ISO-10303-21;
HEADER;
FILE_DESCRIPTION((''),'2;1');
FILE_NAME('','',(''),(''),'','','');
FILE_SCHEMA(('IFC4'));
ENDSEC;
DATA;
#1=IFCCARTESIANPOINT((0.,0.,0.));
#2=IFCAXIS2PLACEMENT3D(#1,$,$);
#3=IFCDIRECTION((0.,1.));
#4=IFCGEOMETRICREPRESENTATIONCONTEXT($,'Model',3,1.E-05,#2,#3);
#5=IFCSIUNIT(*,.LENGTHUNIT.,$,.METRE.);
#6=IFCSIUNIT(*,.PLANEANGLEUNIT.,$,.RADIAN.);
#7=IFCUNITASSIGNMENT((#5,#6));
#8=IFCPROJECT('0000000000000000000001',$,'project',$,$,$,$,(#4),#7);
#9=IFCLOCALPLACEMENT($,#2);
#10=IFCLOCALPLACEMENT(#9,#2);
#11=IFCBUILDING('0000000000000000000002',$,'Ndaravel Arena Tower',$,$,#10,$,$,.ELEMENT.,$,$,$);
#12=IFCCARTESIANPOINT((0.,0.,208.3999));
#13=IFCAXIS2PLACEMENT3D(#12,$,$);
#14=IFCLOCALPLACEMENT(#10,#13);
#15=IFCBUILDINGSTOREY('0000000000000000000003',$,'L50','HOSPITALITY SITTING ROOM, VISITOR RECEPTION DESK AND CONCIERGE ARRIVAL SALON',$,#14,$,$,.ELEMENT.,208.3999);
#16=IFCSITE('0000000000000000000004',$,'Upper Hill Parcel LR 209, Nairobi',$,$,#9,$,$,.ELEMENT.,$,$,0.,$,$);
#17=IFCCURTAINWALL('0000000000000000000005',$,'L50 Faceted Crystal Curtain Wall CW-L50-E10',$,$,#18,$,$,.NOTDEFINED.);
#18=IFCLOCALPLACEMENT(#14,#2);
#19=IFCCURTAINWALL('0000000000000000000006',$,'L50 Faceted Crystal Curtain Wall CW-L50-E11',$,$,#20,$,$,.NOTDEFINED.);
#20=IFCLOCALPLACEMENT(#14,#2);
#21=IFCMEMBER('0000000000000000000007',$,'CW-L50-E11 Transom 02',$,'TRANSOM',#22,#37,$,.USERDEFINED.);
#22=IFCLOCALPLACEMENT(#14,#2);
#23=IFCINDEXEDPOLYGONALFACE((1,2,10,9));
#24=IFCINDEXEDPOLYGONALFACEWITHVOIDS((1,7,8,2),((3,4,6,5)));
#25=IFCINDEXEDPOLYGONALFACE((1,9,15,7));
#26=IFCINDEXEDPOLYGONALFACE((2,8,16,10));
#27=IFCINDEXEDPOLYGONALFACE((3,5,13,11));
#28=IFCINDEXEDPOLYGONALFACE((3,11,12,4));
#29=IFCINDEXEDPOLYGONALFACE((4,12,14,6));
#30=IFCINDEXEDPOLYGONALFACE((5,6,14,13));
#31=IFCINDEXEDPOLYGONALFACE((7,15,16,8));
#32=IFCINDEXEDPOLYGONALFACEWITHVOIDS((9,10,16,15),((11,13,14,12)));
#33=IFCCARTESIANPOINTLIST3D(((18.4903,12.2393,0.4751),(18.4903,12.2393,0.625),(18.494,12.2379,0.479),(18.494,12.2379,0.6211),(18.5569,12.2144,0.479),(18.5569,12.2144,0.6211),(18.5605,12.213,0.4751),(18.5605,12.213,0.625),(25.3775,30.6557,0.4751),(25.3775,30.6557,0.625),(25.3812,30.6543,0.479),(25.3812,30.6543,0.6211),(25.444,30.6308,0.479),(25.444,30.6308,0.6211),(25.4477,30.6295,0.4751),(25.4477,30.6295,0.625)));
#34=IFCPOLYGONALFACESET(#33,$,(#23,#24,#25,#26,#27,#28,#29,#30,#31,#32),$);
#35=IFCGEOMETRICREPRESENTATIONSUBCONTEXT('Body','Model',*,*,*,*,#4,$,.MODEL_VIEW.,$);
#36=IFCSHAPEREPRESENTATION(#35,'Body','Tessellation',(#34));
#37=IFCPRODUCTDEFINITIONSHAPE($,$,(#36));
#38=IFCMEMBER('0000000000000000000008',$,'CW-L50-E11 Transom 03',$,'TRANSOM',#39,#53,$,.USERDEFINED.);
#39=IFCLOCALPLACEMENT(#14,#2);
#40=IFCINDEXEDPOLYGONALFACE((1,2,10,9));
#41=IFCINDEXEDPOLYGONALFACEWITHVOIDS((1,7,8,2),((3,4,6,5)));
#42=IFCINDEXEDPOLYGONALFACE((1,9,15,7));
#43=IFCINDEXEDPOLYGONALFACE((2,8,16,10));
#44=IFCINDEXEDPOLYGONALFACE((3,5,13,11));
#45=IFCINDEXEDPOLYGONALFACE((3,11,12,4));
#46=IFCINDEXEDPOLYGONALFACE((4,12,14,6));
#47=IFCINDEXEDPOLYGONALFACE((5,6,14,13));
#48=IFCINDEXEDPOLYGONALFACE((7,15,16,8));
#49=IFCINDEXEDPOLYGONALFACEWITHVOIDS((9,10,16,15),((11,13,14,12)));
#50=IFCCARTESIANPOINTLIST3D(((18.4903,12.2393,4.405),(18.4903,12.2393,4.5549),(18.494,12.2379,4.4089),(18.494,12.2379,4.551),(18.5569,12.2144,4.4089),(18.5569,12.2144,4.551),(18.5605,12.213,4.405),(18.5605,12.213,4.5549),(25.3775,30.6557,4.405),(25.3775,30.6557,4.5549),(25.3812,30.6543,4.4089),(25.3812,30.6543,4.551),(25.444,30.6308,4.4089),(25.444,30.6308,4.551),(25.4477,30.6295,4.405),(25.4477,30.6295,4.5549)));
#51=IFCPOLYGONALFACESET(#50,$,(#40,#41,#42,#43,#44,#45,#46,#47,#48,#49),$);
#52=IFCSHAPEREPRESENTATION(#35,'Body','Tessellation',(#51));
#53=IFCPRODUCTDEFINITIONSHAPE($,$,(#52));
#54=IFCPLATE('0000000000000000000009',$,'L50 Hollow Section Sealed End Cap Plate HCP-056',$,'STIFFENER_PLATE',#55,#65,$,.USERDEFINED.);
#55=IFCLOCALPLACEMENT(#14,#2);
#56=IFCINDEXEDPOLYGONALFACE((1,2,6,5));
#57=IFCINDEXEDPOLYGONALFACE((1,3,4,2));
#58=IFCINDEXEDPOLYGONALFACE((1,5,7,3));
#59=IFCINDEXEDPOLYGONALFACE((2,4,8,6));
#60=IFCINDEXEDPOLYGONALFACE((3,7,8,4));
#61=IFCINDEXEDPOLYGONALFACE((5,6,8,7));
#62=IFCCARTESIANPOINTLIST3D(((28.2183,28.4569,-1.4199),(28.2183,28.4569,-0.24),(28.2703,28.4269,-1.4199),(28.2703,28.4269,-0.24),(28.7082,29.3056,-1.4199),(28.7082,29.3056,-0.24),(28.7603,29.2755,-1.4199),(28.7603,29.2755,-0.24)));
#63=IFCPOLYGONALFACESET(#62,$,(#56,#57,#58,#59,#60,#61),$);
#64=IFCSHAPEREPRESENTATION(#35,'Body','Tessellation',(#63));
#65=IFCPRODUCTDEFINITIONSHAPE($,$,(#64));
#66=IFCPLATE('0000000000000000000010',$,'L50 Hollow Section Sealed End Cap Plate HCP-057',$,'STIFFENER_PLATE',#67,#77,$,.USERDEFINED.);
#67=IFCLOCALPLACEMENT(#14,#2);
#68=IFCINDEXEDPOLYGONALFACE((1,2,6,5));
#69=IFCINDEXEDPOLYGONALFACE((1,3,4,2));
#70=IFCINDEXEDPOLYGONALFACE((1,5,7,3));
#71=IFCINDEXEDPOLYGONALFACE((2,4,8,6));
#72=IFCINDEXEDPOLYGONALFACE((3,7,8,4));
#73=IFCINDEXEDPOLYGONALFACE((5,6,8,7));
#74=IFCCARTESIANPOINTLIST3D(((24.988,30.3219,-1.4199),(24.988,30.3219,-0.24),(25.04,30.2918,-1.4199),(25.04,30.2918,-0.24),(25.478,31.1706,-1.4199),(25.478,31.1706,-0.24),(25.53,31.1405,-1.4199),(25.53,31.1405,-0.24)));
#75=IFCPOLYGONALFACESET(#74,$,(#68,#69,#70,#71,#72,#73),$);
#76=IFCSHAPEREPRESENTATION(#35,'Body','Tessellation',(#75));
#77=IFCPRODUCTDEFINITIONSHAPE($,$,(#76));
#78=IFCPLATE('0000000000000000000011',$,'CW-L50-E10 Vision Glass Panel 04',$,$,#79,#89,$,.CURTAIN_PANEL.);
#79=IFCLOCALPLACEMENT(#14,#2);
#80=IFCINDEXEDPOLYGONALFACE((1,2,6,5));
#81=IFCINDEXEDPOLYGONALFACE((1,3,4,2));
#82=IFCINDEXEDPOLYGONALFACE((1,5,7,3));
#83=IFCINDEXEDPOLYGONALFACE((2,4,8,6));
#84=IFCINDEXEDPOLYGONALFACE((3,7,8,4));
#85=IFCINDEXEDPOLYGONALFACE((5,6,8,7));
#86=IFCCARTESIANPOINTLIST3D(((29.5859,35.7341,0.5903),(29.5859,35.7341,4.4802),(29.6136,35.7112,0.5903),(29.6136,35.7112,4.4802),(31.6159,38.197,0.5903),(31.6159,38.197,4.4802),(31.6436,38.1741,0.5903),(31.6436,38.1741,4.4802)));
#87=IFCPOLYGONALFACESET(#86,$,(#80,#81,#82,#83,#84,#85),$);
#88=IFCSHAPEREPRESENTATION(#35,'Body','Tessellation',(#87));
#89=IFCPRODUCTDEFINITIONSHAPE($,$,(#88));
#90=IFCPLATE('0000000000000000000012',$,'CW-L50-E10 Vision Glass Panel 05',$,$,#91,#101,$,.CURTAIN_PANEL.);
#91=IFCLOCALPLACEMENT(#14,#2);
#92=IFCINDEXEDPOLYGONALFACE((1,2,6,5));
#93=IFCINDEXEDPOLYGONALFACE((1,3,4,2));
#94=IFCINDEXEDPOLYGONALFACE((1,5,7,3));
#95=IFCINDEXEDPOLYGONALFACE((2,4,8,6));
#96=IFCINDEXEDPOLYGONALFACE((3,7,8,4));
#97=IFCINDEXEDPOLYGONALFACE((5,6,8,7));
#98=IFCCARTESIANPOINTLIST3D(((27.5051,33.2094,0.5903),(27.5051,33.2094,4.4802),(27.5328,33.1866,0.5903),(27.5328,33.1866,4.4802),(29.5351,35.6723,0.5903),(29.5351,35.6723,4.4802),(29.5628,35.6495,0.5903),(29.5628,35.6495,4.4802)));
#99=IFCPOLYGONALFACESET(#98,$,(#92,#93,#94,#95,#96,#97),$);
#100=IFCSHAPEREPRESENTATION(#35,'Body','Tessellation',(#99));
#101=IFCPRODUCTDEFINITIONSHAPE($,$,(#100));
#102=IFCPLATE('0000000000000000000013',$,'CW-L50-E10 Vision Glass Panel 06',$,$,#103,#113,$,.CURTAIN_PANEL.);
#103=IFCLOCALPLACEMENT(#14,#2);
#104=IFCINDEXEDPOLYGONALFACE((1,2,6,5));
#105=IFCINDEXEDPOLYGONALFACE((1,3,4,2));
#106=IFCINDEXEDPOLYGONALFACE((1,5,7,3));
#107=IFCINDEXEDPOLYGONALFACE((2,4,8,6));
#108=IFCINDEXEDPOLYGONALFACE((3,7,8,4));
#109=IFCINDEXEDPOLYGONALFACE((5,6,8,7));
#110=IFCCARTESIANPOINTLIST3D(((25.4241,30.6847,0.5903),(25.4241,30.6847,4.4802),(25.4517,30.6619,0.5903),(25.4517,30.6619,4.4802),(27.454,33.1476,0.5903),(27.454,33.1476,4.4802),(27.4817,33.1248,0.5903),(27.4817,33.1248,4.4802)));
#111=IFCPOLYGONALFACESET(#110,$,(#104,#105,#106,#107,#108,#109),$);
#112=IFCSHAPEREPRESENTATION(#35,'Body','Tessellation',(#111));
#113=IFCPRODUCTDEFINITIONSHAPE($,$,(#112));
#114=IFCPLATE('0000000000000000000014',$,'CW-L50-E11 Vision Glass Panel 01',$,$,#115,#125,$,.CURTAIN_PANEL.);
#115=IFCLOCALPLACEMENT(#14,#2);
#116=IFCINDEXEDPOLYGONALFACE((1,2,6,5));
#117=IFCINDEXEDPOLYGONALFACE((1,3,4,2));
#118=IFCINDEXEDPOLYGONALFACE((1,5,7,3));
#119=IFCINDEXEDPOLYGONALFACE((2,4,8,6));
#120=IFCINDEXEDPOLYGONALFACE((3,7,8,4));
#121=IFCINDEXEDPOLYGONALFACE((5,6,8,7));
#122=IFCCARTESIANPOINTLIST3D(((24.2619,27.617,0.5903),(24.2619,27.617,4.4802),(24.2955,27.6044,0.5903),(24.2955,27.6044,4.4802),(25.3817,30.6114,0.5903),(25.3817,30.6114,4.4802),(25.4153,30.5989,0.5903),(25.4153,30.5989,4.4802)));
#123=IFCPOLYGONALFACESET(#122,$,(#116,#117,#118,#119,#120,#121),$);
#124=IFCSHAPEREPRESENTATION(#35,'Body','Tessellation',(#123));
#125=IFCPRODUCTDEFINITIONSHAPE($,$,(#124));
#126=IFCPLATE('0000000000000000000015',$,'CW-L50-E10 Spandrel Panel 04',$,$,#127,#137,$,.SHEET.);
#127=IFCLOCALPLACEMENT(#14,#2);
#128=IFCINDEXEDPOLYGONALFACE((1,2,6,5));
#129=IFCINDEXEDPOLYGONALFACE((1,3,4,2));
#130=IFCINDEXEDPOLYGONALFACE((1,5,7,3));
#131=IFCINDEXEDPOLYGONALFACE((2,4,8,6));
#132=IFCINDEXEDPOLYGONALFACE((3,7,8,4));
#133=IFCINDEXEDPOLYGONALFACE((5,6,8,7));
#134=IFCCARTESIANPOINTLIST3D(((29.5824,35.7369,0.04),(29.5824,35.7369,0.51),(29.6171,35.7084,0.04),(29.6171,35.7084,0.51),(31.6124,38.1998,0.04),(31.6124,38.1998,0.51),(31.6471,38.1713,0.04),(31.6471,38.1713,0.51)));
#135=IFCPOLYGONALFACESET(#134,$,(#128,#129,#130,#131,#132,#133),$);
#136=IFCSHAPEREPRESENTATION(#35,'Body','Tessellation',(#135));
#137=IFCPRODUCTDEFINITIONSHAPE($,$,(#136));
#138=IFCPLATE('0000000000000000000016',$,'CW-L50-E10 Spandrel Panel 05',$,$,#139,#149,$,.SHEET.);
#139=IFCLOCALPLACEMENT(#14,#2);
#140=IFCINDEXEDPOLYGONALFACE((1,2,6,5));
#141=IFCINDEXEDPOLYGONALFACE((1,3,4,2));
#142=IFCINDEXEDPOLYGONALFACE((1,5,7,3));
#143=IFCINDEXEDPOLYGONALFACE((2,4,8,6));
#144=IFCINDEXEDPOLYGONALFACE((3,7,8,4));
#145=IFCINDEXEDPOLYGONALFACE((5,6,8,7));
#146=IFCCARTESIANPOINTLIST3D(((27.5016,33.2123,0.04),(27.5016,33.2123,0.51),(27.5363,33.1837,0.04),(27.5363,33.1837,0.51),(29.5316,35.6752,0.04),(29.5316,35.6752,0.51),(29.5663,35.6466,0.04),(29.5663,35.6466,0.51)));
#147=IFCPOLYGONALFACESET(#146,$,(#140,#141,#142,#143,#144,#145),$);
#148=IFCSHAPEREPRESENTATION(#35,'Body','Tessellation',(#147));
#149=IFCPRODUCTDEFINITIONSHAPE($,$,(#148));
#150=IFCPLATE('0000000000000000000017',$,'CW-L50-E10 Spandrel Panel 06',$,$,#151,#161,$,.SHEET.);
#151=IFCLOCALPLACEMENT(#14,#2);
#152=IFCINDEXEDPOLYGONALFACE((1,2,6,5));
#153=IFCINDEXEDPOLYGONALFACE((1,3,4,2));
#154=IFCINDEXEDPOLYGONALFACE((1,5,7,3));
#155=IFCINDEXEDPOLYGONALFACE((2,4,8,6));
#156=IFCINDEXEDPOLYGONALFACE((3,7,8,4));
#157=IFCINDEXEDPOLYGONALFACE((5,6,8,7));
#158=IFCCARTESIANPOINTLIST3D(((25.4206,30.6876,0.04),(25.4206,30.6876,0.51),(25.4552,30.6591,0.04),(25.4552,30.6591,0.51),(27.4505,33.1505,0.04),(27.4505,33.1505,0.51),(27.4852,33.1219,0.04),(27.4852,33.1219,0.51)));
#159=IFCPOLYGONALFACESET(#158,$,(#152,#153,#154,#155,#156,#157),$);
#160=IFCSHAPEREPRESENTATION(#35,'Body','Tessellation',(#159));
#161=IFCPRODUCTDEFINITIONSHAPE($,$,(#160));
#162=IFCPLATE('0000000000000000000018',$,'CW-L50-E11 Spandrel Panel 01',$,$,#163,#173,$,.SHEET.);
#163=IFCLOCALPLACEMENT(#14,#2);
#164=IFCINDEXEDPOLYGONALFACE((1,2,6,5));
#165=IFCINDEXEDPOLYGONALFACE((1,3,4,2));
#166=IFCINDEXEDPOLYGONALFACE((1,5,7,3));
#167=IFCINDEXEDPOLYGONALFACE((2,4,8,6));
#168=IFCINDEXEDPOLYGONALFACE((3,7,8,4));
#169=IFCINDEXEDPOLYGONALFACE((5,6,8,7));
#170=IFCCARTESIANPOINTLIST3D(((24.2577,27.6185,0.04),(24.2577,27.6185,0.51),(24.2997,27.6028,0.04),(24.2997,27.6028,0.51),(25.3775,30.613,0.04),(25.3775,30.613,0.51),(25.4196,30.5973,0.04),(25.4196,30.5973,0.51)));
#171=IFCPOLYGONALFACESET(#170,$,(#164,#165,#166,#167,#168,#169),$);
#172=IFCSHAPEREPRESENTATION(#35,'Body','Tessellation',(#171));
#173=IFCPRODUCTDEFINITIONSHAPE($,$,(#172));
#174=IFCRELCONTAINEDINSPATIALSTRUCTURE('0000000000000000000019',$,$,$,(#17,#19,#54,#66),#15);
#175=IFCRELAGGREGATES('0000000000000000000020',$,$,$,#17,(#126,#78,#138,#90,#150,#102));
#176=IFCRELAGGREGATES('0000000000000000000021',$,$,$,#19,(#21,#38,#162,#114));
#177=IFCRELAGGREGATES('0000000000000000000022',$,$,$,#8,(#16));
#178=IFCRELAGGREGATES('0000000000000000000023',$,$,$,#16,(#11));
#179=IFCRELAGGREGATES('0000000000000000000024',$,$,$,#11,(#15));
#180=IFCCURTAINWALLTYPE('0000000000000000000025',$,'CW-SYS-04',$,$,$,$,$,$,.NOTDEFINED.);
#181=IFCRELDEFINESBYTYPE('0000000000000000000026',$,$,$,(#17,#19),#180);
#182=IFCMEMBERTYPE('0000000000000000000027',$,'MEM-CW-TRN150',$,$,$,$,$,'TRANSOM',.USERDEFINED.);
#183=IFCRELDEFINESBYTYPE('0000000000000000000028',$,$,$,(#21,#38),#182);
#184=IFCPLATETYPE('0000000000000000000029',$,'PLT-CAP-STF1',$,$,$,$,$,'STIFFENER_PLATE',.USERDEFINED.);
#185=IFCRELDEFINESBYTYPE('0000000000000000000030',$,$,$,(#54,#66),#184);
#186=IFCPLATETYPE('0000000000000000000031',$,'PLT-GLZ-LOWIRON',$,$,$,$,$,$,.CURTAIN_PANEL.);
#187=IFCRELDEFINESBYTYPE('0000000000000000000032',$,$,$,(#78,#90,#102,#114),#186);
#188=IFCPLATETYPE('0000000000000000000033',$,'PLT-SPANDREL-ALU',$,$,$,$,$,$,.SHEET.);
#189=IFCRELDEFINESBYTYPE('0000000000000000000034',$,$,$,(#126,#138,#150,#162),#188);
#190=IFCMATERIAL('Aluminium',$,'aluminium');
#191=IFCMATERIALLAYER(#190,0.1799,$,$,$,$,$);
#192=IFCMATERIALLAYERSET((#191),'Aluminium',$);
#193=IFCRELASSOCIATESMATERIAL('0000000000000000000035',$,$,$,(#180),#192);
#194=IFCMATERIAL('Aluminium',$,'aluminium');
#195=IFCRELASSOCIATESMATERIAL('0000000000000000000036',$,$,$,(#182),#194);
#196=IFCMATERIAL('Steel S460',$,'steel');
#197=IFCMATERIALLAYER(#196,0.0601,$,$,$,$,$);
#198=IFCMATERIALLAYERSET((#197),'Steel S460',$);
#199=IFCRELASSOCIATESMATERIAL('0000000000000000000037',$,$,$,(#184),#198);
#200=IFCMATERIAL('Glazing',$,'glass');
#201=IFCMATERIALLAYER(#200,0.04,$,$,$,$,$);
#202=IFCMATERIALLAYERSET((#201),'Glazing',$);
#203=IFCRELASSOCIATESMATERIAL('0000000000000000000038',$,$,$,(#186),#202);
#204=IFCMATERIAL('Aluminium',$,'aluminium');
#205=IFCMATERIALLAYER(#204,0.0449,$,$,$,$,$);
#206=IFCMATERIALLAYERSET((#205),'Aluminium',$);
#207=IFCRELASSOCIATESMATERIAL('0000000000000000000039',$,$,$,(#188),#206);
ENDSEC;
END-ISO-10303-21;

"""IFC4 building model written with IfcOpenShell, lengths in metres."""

from ifc_helpers import new_model, si_unit, direction, frame, origin, origin_2d, place, context, subcontext, project, spatial, rectangle, hollow_rectangle, extrude, material, layer, layer_set, material_profile, profile_set, type_object, element, aggregate, save


model = new_model("IFC4")

# Units and contexts
model_context = context("Model", 3, precision=1e-05, world=origin(), true_north=direction((0.0, 1.0)))
body_context = subcontext(model_context, "Body", "Model", "MODEL_VIEW")
ifc_project = project(units=[si_unit("LENGTHUNIT", "METRE"), si_unit("PLANEANGLEUNIT", "RADIAN")], contexts=[model_context])

# Site, building, storey
site_placement = place(None, origin())
site = spatial("IfcSite", under=ifc_project, at=site_placement, Name="Upper Hill Parcel LR 209, Nairobi", CompositionType="ELEMENT", RefElevation=0.0)
building_placement = place(site_placement, origin())
building = spatial("IfcBuilding", under=site, at=building_placement, Name="Ndaravel Arena Tower", CompositionType="ELEMENT")
storey_placement = place(building_placement, frame((0.0, 0.0, 208.3999)))
storey = spatial("IfcBuildingStorey", under=building, at=storey_placement, Name="L50", Description="HOSPITALITY SITTING ROOM, VISITOR RECEPTION DESK AND CONCIERGE ARRIVAL SALON", CompositionType="ELEMENT", Elevation=208.3999)

# Curtain walls, members
ifc_material_1 = material(Name="Aluminium", Category="aluminium")
ifc_layer_1 = layer(ifc_material_1, 0.1799)
ifc_layer_set_1 = layer_set([ifc_layer_1], Name="Aluminium")
curtain_wall_type = type_object("IfcCurtainWallType", Name="CW-SYS-04", PredefinedType="NOTDEFINED", material=ifc_layer_set_1)
curtain_wall_1_placement = place(storey_placement, origin())
curtain_wall_1 = element("IfcCurtainWall", 1, at=curtain_wall_1_placement, inside=storey, type_object=curtain_wall_type, Name="L50 Faceted Crystal Curtain Wall CW-L50-E10", PredefinedType="NOTDEFINED")
curtain_wall_2_placement = place(storey_placement, origin())
curtain_wall_2 = element("IfcCurtainWall", 2, at=curtain_wall_2_placement, inside=storey, type_object=curtain_wall_type, Name="L50 Faceted Crystal Curtain Wall CW-L50-E11", PredefinedType="NOTDEFINED")
ifc_material_2 = material(Name="Aluminium", Category="aluminium")
ifc_material_profile_1 = material_profile(ifc_material_2, hollow_rectangle(XDim=0.075, YDim=0.1499, WallThickness=0.0039, at=origin_2d()), Name="CW TRANSOM 75x150x4")
ifc_profile_set_1 = profile_set([ifc_material_profile_1], Name="Aluminium")
member_type_1 = type_object("IfcMemberType", Name="MEM-CW-TRN150", ElementType="TRANSOM", PredefinedType="USERDEFINED", material=ifc_profile_set_1)
member_1_placement = place(storey_placement, frame((25.4126, 30.6426, 0.55), z_axis=(-0.350277, -0.936646, 0.0), x_axis=(0.936646, -0.350277, 0.0)))
member_1 = element("IfcMember", 3, at=member_1_placement, type_object=member_type_1, Name="CW-L50-E11 Transom 02", ObjectType="TRANSOM", PredefinedType="USERDEFINED", context=body_context, shape_type="SweptSolid", body=[
    extrude(hollow_rectangle(XDim=0.075, YDim=0.1499, WallThickness=0.0039, at=origin_2d()), origin(), (0.0, 0.0, 1.0), 19.6621),
])
member_2_placement = place(storey_placement, frame((25.4126, 30.6426, 4.48), z_axis=(-0.350277, -0.936646, 0.0), x_axis=(0.936646, -0.350277, 0.0)))
member_2 = element("IfcMember", 4, at=member_2_placement, type_object=member_type_1, Name="CW-L50-E11 Transom 03", ObjectType="TRANSOM", PredefinedType="USERDEFINED", context=body_context, shape_type="SweptSolid", body=[
    extrude(hollow_rectangle(XDim=0.075, YDim=0.1499, WallThickness=0.0039, at=origin_2d()), origin(), (0.0, 0.0, 1.0), 19.6621),
])

# Plates
ifc_material_3 = material(Name="Steel S460", Category="steel")
ifc_layer_2 = layer(ifc_material_3, 0.0601)
ifc_layer_set_2 = layer_set([ifc_layer_2], Name="Steel S460")
plate_type_1 = type_object("IfcPlateType", Name="PLT-CAP-STF1", ElementType="STIFFENER_PLATE", PredefinedType="USERDEFINED", material=ifc_layer_set_2)
for number, where, z_axis, x_axis, name in (
    (5, (28.4893, 28.8662, -1.4199), (0.0, 0.0, 1.0), (-0.866025, 0.5, 0.0), "L50 Hollow Section Sealed End Cap Plate HCP-056"),
    (6, (25.259, 30.7312, -1.4199), (0.0, 0.0, 1.0), (-0.866025, 0.5, 0.0), "L50 Hollow Section Sealed End Cap Plate HCP-057"),
):
    element("IfcPlate", number, at=place(storey_placement, frame(where, z_axis=z_axis, x_axis=x_axis)), inside=storey, type_object=plate_type_1, Name=name, ObjectType="STIFFENER_PLATE", PredefinedType="USERDEFINED", context=body_context, shape_type="SweptSolid", body=[
        extrude(rectangle(XDim=0.0601, YDim=0.98, at=origin_2d()), origin(), (0.0, 0.0, 1.0), 1.1799),
    ])

# Plates
ifc_material_4 = material(Name="Glazing", Category="glass")
ifc_layer_3 = layer(ifc_material_4, 0.04)
ifc_layer_set_3 = layer_set([ifc_layer_3], Name="Glazing")
plate_type_2 = type_object("IfcPlateType", Name="PLT-GLZ-LOWIRON", PredefinedType="CURTAIN_PANEL", material=ifc_layer_set_3)
plate_1_placement = place(storey_placement, frame((30.6147, 36.9541, 0.5903), z_axis=(0.0, 0.0, 1.0), x_axis=(-0.636024, -0.771669, 0.0)))
plate_1 = element("IfcPlate", 7, at=plate_1_placement, type_object=plate_type_2, Name="CW-L50-E10 Vision Glass Panel 04", PredefinedType="CURTAIN_PANEL", context=body_context, shape_type="SweptSolid", body=[
    extrude(rectangle(XDim=3.1917, YDim=0.0359, at=origin_2d()), origin(), (0.0, 0.0, 1.0), 3.8899),
])
plate_2_placement = place(storey_placement, frame((28.5339, 34.4294, 0.5903), z_axis=(0.0, 0.0, 1.0), x_axis=(-0.636024, -0.771669, 0.0)))
plate_2 = element("IfcPlate", 8, at=plate_2_placement, type_object=plate_type_2, Name="CW-L50-E10 Vision Glass Panel 05", PredefinedType="CURTAIN_PANEL", context=body_context, shape_type="SweptSolid", body=[
    extrude(rectangle(XDim=3.1917, YDim=0.0359, at=origin_2d()), origin(), (0.0, 0.0, 1.0), 3.8899),
])
plate_3_placement = place(storey_placement, frame((26.4529, 31.9048, 0.5903), z_axis=(0.0, 0.0, 1.0), x_axis=(-0.636024, -0.771669, 0.0)))
plate_3 = element("IfcPlate", 9, at=plate_3_placement, type_object=plate_type_2, Name="CW-L50-E10 Vision Glass Panel 06", PredefinedType="CURTAIN_PANEL", context=body_context, shape_type="SweptSolid", body=[
    extrude(rectangle(XDim=3.1917, YDim=0.0359, at=origin_2d()), origin(), (0.0, 0.0, 1.0), 3.8899),
])
plate_4_placement = place(storey_placement, frame((24.8386, 29.1079, 0.5903), z_axis=(0.0, 0.0, 1.0), x_axis=(-0.350273, -0.936648, 0.0)))
plate_4 = element("IfcPlate", 10, at=plate_4_placement, type_object=plate_type_2, Name="CW-L50-E11 Vision Glass Panel 01", PredefinedType="CURTAIN_PANEL", context=body_context, shape_type="SweptSolid", body=[
    extrude(rectangle(XDim=3.197, YDim=0.0359, at=origin_2d()), origin(), (0.0, 0.0, 1.0), 3.8899),
])
ifc_material_5 = material(Name="Aluminium", Category="aluminium")
ifc_layer_4 = layer(ifc_material_5, 0.0449)
ifc_layer_set_4 = layer_set([ifc_layer_4], Name="Aluminium")
plate_type_3 = type_object("IfcPlateType", Name="PLT-SPANDREL-ALU", PredefinedType="SHEET", material=ifc_layer_set_4)
plate_5_placement = place(storey_placement, frame((30.6147, 36.9541, 0.04), z_axis=(0.0, 0.0, 1.0), x_axis=(-0.636024, -0.771669, 0.0)))
plate_5 = element("IfcPlate", 11, at=plate_5_placement, type_object=plate_type_3, Name="CW-L50-E10 Spandrel Panel 04", PredefinedType="SHEET", context=body_context, shape_type="SweptSolid", body=[
    extrude(rectangle(XDim=3.1917, YDim=0.0449, at=origin_2d()), origin(), (0.0, 0.0, 1.0), 0.47),
])
plate_6_placement = place(storey_placement, frame((28.5339, 34.4294, 0.04), z_axis=(0.0, 0.0, 1.0), x_axis=(-0.636024, -0.771669, 0.0)))
plate_6 = element("IfcPlate", 12, at=plate_6_placement, type_object=plate_type_3, Name="CW-L50-E10 Spandrel Panel 05", PredefinedType="SHEET", context=body_context, shape_type="SweptSolid", body=[
    extrude(rectangle(XDim=3.1917, YDim=0.0449, at=origin_2d()), origin(), (0.0, 0.0, 1.0), 0.47),
])
plate_7_placement = place(storey_placement, frame((26.4529, 31.9048, 0.04), z_axis=(0.0, 0.0, 1.0), x_axis=(-0.636024, -0.771669, 0.0)))
plate_7 = element("IfcPlate", 13, at=plate_7_placement, type_object=plate_type_3, Name="CW-L50-E10 Spandrel Panel 06", PredefinedType="SHEET", context=body_context, shape_type="SweptSolid", body=[
    extrude(rectangle(XDim=3.1917, YDim=0.0449, at=origin_2d()), origin(), (0.0, 0.0, 1.0), 0.47),
])
aggregate(curtain_wall_1, [plate_5, plate_1, plate_6, plate_2, plate_7, plate_3])
plate_8_placement = place(storey_placement, frame((24.8386, 29.1079, 0.04), z_axis=(0.0, 0.0, 1.0), x_axis=(-0.350273, -0.936648, 0.0)))
plate_8 = element("IfcPlate", 14, at=plate_8_placement, type_object=plate_type_3, Name="CW-L50-E11 Spandrel Panel 01", PredefinedType="SHEET", context=body_context, shape_type="SweptSolid", body=[
    extrude(rectangle(XDim=3.197, YDim=0.0449, at=origin_2d()), origin(), (0.0, 0.0, 1.0), 0.47),
])
aggregate(curtain_wall_2, [member_1, member_2, plate_8, plate_4])

save(model, "model.ifc")
